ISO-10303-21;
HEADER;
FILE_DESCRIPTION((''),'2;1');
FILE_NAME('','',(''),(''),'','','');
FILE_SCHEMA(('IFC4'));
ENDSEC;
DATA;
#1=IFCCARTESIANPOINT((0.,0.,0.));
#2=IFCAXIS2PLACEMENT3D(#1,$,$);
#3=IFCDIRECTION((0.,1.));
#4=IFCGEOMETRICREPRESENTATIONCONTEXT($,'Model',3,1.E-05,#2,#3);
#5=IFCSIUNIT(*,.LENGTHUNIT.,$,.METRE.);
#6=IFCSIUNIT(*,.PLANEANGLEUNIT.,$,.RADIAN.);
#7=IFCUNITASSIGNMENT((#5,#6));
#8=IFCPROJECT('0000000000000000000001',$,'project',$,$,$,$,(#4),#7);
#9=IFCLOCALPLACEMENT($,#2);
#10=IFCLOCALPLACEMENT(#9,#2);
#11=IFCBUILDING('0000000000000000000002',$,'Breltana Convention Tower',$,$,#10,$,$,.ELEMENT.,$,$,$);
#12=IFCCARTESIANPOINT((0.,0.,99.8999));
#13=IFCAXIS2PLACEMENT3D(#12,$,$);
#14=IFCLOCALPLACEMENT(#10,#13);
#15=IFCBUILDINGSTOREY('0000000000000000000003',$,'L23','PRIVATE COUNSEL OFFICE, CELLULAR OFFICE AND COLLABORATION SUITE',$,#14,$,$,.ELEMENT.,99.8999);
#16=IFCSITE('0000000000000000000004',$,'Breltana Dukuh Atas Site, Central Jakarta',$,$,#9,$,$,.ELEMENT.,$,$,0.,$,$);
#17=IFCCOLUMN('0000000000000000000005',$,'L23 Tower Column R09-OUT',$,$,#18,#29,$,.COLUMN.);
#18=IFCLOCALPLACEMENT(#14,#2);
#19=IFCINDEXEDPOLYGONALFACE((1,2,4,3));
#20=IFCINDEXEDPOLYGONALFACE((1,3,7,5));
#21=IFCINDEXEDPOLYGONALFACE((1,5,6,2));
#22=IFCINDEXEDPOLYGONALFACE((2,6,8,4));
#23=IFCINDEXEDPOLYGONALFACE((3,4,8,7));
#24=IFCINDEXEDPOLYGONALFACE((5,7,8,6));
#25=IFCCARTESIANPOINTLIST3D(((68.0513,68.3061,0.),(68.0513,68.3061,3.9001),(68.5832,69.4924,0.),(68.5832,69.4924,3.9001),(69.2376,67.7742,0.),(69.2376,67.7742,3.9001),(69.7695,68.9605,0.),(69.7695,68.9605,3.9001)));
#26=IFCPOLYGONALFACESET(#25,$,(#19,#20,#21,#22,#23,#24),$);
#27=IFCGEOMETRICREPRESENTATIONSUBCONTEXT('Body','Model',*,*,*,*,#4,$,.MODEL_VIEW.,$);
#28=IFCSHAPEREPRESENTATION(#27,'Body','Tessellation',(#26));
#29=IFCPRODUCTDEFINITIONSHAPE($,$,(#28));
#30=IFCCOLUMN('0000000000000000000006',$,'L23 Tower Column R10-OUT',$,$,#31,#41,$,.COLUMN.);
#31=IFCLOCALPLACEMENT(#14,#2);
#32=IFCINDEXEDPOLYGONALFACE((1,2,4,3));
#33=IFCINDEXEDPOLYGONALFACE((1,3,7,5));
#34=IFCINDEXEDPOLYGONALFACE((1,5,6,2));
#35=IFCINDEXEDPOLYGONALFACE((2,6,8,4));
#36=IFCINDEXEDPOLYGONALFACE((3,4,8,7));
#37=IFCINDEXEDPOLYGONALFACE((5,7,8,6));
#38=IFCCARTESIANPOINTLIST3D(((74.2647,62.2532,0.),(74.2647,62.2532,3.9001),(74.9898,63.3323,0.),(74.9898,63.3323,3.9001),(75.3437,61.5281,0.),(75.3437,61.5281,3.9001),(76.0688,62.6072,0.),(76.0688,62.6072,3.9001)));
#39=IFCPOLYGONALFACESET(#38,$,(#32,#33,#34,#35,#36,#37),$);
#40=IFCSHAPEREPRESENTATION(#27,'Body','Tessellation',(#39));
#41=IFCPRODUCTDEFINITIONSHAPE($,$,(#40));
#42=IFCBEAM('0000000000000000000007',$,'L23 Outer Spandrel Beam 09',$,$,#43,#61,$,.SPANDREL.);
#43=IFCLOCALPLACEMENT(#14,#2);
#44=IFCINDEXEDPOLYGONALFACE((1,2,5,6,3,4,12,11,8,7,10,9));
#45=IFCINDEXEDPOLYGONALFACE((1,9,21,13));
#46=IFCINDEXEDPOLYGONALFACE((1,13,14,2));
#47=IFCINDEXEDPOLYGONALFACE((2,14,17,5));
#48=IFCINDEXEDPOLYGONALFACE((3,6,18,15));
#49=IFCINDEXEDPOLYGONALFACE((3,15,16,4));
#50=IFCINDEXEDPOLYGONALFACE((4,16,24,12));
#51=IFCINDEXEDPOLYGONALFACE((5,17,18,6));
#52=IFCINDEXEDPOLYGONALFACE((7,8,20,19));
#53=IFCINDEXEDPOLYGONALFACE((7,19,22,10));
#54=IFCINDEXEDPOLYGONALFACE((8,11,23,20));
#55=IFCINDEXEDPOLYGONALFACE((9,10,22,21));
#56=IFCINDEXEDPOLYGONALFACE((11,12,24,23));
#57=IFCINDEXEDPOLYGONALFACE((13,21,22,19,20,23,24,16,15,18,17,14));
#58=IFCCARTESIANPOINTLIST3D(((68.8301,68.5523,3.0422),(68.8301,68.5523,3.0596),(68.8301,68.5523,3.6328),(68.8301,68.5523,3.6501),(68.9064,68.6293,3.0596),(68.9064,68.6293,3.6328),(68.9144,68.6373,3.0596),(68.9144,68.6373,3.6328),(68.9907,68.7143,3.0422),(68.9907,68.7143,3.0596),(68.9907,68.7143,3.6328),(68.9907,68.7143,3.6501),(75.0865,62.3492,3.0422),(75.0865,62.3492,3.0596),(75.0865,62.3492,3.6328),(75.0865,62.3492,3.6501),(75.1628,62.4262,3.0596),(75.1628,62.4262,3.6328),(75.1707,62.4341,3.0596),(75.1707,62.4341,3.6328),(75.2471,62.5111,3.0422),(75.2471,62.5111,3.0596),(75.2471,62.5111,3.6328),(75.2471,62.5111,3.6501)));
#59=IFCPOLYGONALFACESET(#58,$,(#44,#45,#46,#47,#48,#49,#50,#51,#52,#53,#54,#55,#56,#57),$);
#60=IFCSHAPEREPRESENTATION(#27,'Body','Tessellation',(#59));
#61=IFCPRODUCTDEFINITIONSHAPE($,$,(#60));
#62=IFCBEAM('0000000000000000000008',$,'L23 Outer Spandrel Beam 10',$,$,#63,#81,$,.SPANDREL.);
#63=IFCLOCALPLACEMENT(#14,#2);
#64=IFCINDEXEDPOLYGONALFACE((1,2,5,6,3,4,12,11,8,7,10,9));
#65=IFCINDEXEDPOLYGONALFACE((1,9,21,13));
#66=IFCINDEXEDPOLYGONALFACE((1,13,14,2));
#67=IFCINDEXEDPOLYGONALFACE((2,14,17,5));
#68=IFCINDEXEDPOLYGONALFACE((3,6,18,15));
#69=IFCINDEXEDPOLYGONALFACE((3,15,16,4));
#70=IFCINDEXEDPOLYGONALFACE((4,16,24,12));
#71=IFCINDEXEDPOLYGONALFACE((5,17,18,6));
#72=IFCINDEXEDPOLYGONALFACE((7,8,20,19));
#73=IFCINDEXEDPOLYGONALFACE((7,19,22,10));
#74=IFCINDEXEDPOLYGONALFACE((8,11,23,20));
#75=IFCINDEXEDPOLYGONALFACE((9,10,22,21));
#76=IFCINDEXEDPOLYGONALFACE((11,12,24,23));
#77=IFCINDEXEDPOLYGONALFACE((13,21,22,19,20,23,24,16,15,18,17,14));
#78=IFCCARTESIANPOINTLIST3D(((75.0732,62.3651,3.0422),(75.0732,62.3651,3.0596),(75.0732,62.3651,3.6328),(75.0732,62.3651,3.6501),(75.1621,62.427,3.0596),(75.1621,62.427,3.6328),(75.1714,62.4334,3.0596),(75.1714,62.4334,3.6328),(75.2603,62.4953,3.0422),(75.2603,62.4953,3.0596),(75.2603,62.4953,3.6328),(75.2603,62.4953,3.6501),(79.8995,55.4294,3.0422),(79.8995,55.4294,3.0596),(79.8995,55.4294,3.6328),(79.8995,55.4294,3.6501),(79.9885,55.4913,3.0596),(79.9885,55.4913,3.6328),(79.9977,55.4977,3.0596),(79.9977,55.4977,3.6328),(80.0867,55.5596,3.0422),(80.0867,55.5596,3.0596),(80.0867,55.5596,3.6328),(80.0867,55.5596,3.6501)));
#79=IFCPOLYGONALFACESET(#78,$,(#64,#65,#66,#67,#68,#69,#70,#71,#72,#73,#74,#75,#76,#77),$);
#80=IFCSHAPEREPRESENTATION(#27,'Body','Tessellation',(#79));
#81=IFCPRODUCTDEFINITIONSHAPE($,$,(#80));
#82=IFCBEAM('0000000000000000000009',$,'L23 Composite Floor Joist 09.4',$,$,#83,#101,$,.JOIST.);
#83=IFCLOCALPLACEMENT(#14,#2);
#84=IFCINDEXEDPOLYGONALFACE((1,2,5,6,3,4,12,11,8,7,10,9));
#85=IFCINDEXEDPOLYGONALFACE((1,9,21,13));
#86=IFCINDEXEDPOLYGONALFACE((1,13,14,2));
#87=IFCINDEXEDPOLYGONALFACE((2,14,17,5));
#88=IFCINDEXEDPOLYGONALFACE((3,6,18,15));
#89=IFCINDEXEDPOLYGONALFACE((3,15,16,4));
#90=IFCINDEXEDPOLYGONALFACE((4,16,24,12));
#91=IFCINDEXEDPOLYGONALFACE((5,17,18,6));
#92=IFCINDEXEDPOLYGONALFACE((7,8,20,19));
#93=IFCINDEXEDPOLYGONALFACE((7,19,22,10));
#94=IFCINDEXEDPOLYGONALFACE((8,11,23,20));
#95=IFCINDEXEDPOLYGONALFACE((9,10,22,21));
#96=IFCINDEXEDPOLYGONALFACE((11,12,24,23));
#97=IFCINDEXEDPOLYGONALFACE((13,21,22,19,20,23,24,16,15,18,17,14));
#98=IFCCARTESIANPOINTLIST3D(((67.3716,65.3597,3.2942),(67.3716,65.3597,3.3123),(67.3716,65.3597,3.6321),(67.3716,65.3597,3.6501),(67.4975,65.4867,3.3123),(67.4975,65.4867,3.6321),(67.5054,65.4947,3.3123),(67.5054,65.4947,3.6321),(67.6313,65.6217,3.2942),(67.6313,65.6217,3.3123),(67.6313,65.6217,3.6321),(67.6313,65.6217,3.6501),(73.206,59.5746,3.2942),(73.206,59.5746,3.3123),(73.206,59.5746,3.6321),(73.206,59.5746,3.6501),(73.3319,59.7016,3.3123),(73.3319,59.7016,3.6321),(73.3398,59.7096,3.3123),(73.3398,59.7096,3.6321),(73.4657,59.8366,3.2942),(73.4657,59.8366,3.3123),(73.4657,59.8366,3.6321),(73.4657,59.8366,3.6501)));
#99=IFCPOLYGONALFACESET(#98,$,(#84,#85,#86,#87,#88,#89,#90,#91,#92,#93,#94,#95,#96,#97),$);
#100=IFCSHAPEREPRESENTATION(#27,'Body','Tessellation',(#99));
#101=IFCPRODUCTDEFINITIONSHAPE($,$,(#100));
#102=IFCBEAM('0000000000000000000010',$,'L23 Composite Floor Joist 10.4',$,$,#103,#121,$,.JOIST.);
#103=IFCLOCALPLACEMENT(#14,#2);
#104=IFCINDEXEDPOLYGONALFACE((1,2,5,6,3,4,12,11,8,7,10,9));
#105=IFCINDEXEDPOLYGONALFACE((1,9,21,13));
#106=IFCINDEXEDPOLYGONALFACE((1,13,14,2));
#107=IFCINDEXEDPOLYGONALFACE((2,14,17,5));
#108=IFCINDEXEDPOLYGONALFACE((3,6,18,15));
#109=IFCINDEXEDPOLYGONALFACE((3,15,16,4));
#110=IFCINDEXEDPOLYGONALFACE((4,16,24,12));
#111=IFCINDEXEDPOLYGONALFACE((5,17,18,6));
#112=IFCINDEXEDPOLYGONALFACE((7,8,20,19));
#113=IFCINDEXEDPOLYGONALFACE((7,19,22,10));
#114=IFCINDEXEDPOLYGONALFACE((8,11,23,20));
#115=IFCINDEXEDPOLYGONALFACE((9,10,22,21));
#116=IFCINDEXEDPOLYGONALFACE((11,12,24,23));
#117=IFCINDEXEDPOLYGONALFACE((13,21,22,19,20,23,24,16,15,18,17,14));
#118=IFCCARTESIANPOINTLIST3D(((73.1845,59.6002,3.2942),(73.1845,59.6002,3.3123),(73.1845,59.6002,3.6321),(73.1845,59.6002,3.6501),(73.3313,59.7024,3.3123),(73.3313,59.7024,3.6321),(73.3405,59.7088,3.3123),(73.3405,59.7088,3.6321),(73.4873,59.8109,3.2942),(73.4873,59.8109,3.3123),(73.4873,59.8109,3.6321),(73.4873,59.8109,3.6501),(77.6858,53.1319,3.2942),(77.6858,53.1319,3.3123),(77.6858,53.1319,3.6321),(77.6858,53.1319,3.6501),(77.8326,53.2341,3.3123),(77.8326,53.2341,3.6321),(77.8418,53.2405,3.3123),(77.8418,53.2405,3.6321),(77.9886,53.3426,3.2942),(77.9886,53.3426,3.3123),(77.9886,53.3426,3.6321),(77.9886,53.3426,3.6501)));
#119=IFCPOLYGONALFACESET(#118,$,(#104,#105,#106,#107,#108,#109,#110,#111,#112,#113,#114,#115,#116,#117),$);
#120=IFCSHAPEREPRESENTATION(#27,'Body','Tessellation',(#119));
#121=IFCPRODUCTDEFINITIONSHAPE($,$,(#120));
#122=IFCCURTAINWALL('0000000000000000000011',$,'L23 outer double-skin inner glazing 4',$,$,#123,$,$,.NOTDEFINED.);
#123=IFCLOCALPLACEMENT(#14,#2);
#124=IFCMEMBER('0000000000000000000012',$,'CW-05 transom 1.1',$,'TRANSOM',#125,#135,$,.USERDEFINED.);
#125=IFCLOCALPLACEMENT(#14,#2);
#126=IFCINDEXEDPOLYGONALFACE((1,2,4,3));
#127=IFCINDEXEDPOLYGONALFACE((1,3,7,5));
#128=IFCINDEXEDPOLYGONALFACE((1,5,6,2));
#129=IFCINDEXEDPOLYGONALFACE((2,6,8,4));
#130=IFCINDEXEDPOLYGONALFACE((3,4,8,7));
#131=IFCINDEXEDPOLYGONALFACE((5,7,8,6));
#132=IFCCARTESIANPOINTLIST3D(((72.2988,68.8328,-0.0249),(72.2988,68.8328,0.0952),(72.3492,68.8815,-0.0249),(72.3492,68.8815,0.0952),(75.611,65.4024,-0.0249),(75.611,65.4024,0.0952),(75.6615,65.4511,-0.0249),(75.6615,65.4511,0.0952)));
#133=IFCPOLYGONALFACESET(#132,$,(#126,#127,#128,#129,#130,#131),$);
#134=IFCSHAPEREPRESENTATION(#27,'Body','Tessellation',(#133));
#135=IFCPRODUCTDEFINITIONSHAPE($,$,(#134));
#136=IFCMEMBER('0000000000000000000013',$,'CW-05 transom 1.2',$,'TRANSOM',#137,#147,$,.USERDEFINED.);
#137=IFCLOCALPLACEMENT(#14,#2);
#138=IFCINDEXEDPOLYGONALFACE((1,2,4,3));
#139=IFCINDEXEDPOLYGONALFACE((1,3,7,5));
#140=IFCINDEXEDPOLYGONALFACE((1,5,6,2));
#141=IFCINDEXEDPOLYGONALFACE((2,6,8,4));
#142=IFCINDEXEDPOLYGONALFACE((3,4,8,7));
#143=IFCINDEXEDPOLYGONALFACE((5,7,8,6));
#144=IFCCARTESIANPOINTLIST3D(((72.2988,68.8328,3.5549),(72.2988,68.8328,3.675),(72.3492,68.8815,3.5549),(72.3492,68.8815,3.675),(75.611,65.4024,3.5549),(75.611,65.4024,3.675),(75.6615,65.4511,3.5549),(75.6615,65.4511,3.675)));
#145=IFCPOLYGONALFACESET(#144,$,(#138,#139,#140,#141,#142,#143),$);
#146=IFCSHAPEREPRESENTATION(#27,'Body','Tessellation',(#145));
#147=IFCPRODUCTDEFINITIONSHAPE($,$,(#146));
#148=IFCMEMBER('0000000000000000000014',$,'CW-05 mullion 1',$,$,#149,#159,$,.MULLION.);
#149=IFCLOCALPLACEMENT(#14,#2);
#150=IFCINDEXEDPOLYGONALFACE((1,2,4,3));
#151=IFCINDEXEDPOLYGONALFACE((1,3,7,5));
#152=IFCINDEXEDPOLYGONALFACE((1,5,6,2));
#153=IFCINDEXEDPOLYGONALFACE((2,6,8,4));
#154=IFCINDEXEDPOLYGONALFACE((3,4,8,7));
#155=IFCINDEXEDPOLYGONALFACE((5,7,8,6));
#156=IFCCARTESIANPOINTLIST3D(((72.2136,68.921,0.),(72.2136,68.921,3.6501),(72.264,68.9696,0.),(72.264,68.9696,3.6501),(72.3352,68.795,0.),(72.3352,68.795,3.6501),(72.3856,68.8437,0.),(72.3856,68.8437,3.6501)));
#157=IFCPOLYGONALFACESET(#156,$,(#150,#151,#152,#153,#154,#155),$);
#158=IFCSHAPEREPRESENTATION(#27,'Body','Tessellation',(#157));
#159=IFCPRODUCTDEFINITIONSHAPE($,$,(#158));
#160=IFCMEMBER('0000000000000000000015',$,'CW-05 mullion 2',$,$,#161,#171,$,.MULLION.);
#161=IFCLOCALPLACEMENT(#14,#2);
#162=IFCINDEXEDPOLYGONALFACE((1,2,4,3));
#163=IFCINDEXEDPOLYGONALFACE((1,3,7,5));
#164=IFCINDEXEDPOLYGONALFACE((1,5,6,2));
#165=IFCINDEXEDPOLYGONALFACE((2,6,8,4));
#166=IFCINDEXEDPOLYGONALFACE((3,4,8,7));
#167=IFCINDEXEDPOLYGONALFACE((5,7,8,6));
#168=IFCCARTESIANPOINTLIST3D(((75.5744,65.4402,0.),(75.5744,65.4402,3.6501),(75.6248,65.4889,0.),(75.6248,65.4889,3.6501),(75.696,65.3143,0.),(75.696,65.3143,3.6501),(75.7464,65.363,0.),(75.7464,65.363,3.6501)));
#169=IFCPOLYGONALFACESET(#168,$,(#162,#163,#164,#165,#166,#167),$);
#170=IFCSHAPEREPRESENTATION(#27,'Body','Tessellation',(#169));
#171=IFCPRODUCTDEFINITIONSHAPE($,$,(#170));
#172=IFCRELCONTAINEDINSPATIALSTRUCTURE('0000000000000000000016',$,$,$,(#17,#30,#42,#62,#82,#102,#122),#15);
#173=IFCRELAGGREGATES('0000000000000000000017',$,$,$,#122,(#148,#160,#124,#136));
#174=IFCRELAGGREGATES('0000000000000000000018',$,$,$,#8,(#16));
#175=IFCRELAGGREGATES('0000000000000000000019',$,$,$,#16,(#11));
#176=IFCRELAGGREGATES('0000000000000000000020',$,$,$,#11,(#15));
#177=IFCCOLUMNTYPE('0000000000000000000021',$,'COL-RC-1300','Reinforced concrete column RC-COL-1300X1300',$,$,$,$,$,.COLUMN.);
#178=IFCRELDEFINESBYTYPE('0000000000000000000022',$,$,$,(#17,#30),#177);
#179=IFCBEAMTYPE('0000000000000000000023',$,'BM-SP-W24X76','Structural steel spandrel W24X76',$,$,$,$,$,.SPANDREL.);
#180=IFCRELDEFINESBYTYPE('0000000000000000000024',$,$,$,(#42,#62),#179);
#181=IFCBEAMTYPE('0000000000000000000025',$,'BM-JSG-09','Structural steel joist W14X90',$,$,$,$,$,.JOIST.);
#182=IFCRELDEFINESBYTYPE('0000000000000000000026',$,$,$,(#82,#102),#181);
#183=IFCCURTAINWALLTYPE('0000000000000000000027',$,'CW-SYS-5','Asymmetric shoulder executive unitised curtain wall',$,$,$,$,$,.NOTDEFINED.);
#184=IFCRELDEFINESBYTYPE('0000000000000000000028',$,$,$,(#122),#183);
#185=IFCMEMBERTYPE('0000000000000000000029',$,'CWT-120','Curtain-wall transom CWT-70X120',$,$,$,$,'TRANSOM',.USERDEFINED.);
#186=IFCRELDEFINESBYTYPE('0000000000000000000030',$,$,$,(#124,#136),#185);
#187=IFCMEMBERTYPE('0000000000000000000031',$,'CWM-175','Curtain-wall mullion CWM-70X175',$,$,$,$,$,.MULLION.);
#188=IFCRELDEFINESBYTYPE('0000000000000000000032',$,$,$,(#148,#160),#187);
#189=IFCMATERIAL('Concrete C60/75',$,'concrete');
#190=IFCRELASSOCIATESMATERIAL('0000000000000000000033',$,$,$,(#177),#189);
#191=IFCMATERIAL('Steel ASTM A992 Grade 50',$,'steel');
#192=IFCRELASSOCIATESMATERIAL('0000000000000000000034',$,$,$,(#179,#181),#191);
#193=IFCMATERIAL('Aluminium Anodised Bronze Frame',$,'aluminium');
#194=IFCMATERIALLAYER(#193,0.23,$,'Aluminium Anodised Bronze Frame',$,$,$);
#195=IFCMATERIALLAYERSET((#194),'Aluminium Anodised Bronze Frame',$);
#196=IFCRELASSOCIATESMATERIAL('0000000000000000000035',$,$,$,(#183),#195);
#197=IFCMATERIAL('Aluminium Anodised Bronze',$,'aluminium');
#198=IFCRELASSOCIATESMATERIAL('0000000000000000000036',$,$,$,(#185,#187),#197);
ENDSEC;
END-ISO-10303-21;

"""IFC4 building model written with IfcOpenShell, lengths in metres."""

from ifc_helpers import new_model, si_unit, direction, frame, origin, origin_2d, place, context, subcontext, project, spatial, rectangle, i_section, extrude, source, transform, mapped, material, layer, layer_set, material_profile, profile_set, type_object, element, aggregate, save


model = new_model("IFC4")

# Units and contexts
model_context = context("Model", 3, precision=1e-05, world=origin(), true_north=direction((0.0, 1.0)))
body_context = subcontext(model_context, "Body", "Model", "MODEL_VIEW")
ifc_project = project(units=[si_unit("LENGTHUNIT", "METRE"), si_unit("PLANEANGLEUNIT", "RADIAN")], contexts=[model_context])

# Site, building, storey
site_placement = place(None, origin())
site = spatial("IfcSite", under=ifc_project, at=site_placement, Name="Breltana Dukuh Atas Site, Central Jakarta", CompositionType="ELEMENT", RefElevation=0.0)
building_placement = place(site_placement, origin())
building = spatial("IfcBuilding", under=site, at=building_placement, Name="Breltana Convention Tower", CompositionType="ELEMENT")
storey_placement = place(building_placement, frame((0.0, 0.0, 99.8999)))
storey = spatial("IfcBuildingStorey", under=building, at=storey_placement, Name="L23", Description="PRIVATE COUNSEL OFFICE, CELLULAR OFFICE AND COLLABORATION SUITE", CompositionType="ELEMENT", Elevation=99.8999)

# Columns
ifc_material_1 = material(Name="Concrete C60/75", Category="concrete")
ifc_material_profile_1 = material_profile(ifc_material_1, rectangle(XDim=1.3, YDim=1.3, at=origin_2d()), Name="RC-COL-1300X1300")
ifc_profile_set_1 = profile_set([ifc_material_profile_1], Name="Concrete C60/75")
column_type = type_object("IfcColumnType", Name="COL-RC-1300", Description="Reinforced concrete column RC-COL-1300X1300", PredefinedType="COLUMN", material=ifc_profile_set_1)
shared_shape_1 = source(origin(), body_context, "Body", "SweptSolid", [
    extrude(rectangle(XDim=1.3, YDim=1.3, at=origin_2d()), origin(), (0.0, 0.0, 1.0), 3.9001),
])
for number, where, z_axis, x_axis, name in (
    (1, (68.9104, 68.6333, 0.0), (0.0, 0.0, 1.0), (0.409127, 0.912477, 0.0), "L23 Tower Column R09-OUT"),
    (2, (75.1667, 62.4302, 0.0), (0.0, 0.0, 1.0), (0.557745, 0.830012, 0.0), "L23 Tower Column R10-OUT"),
):
    element("IfcColumn", number, at=place(storey_placement, frame(where, z_axis=z_axis, x_axis=x_axis)), inside=storey, type_object=column_type, Name=name, PredefinedType="COLUMN", context=body_context, shape_type="MappedRepresentation", body=[
        mapped(shared_shape_1, transform((0.0, 0.0, 0.0), scale=1.0)),
    ])

# Beams
ifc_material_2 = material(Name="Steel ASTM A992 Grade 50", Category="steel")
ifc_material_profile_2 = material_profile(ifc_material_2, i_section(OverallWidth=0.228, OverallDepth=0.6079, WebThickness=0.0112, FlangeThickness=0.0173, at=origin_2d()), Name="W24X76")
ifc_profile_set_2 = profile_set([ifc_material_profile_2], Name="Steel ASTM A992 Grade 50")
beam_type_1 = type_object("IfcBeamType", Name="BM-SP-W24X76", Description="Structural steel spandrel W24X76", PredefinedType="SPANDREL", material=ifc_profile_set_2)
shared_shape_2 = source(origin(), body_context, "Body", "SweptSolid", [
    extrude(i_section(OverallWidth=0.228, OverallDepth=0.6079, WebThickness=0.0112, FlangeThickness=0.0173, at=origin_2d()), origin(), (0.0, 0.0, 1.0), 8.8103),
])
beam_1_placement = place(storey_placement, frame((68.9104, 68.6333, 3.3462), z_axis=(0.710121, -0.70408, 0.0), x_axis=(0.70408, 0.710121, 0.0)))
element("IfcBeam", 3, at=beam_1_placement, inside=storey, type_object=beam_type_1, Name="L23 Outer Spandrel Beam 09", PredefinedType="SPANDREL", context=body_context, shape_type="MappedRepresentation", body=[
    mapped(shared_shape_2, transform((0.0, 0.0, 0.0), scale=1.0)),
])
shared_shape_3 = source(origin(), body_context, "Body", "SweptSolid", [
    extrude(i_section(OverallWidth=0.228, OverallDepth=0.6079, WebThickness=0.0112, FlangeThickness=0.0173, at=origin_2d()), origin(), (0.0, 0.0, 1.0), 8.4497),
])
beam_2_placement = place(storey_placement, frame((75.1667, 62.4302, 3.3462), z_axis=(0.571186, -0.820821, 0.0), x_axis=(0.820821, 0.571186, 0.0)))
element("IfcBeam", 4, at=beam_2_placement, inside=storey, type_object=beam_type_1, Name="L23 Outer Spandrel Beam 10", PredefinedType="SPANDREL", context=body_context, shape_type="MappedRepresentation", body=[
    mapped(shared_shape_3, transform((0.0, 0.0, 0.0), scale=1.0)),
])
ifc_material_profile_3 = material_profile(ifc_material_2, i_section(OverallWidth=0.3689, OverallDepth=0.356, WebThickness=0.0112, FlangeThickness=0.0181, at=origin_2d()), Name="W14X90")
ifc_profile_set_3 = profile_set([ifc_material_profile_3], Name="Steel ASTM A992 Grade 50")
beam_type_2 = type_object("IfcBeamType", Name="BM-JSG-09", Description="Structural steel joist W14X90", PredefinedType="JOIST", material=ifc_profile_set_3)
shared_shape_4 = source(origin(), body_context, "Body", "SweptSolid", [
    extrude(i_section(OverallWidth=0.3689, OverallDepth=0.356, WebThickness=0.0112, FlangeThickness=0.0181, at=origin_2d()), origin(), (0.0, 0.0, 1.0), 8.2163),
])
beam_3_placement = place(storey_placement, frame((67.5015, 65.4907, 3.4722), z_axis=(0.710102, -0.704099, 0.0), x_axis=(0.704099, 0.710102, 0.0)))
element("IfcBeam", 5, at=beam_3_placement, inside=storey, type_object=beam_type_2, Name="L23 Composite Floor Joist 09.4", PredefinedType="JOIST", context=body_context, shape_type="MappedRepresentation", body=[
    mapped(shared_shape_4, transform((0.0, 0.0, 0.0), scale=1.0)),
])
shared_shape_5 = source(origin(), body_context, "Body", "SweptSolid", [
    extrude(i_section(OverallWidth=0.3689, OverallDepth=0.356, WebThickness=0.0112, FlangeThickness=0.0181, at=origin_2d()), origin(), (0.0, 0.0, 1.0), 7.8804),
])
beam_4_placement = place(storey_placement, frame((73.3359, 59.7056, 3.4722), z_axis=(0.571198, -0.820812, 0.0), x_axis=(0.820812, 0.571198, 0.0)))
element("IfcBeam", 6, at=beam_4_placement, inside=storey, type_object=beam_type_2, Name="L23 Composite Floor Joist 10.4", PredefinedType="JOIST", context=body_context, shape_type="MappedRepresentation", body=[
    mapped(shared_shape_5, transform((0.0, 0.0, 0.0), scale=1.0)),
])

# Curtain wall, members
ifc_material_3 = material(Name="Aluminium Anodised Bronze Frame", Category="aluminium")
ifc_layer_1 = layer(ifc_material_3, 0.23, Name="Aluminium Anodised Bronze Frame")
ifc_layer_set_1 = layer_set([ifc_layer_1], Name="Aluminium Anodised Bronze Frame")
curtain_wall_type = type_object("IfcCurtainWallType", Name="CW-SYS-5", Description="Asymmetric shoulder executive unitised curtain wall", PredefinedType="NOTDEFINED", material=ifc_layer_set_1)
curtain_wall_placement = place(storey_placement, origin())
curtain_wall = element("IfcCurtainWall", 7, at=curtain_wall_placement, inside=storey, type_object=curtain_wall_type, Name="L23 outer double-skin inner glazing 4", PredefinedType="NOTDEFINED")
ifc_material_4 = material(Name="Aluminium Anodised Bronze", Category="aluminium")
ifc_material_profile_4 = material_profile(ifc_material_4, rectangle(XDim=0.0701, YDim=0.1201, at=origin_2d()), Name="CWT-70X120")
ifc_profile_set_4 = profile_set([ifc_material_profile_4], Name="Aluminium Anodised Bronze")
member_type_1 = type_object("IfcMemberType", Name="CWT-120", Description="Curtain-wall transom CWT-70X120", ElementType="TRANSOM", PredefinedType="USERDEFINED", material=ifc_profile_set_4)
shared_shape_6 = source(origin(), body_context, "Body", "SweptSolid", [
    extrude(rectangle(XDim=0.0701, YDim=0.1201, at=origin_2d()), origin(), (0.0, 0.0, 1.0), 4.7686),
])
member_1_placement = place(storey_placement, frame((72.324, 68.8572, 0.0352), z_axis=(0.694608, -0.719388, 0.0), x_axis=(0.719388, 0.694608, 0.0)))
member_1 = element("IfcMember", 8, at=member_1_placement, type_object=member_type_1, Name="CW-05 transom 1.1", ObjectType="TRANSOM", PredefinedType="USERDEFINED", context=body_context, shape_type="MappedRepresentation", body=[
    mapped(shared_shape_6, transform((0.0, 0.0, 0.0), scale=1.0)),
])
member_2_placement = place(storey_placement, frame((72.324, 68.8572, 3.615), z_axis=(0.694608, -0.719388, 0.0), x_axis=(0.719388, 0.694608, 0.0)))
member_2 = element("IfcMember", 9, at=member_2_placement, type_object=member_type_1, Name="CW-05 transom 1.2", ObjectType="TRANSOM", PredefinedType="USERDEFINED", context=body_context, shape_type="MappedRepresentation", body=[
    mapped(shared_shape_6, transform((0.0, 0.0, 0.0), scale=1.0)),
])
ifc_material_profile_5 = material_profile(ifc_material_4, rectangle(XDim=0.0701, YDim=0.175, at=origin_2d()), Name="CWM-70X175")
ifc_profile_set_5 = profile_set([ifc_material_profile_5], Name="Aluminium Anodised Bronze")
member_type_2 = type_object("IfcMemberType", Name="CWM-175", Description="Curtain-wall mullion CWM-70X175", PredefinedType="MULLION", material=ifc_profile_set_5)
shared_shape_7 = source(origin(), body_context, "Body", "SweptSolid", [
    extrude(rectangle(XDim=0.0701, YDim=0.175, at=origin_2d()), origin(), (0.0, 0.0, 1.0), 3.6501),
])
member_3_placement = place(storey_placement, frame((72.2996, 68.8823, 0.0), z_axis=(0.0, 0.0, 1.0), x_axis=(0.719385, 0.694612, 0.0)))
member_3 = element("IfcMember", 10, at=member_3_placement, type_object=member_type_2, Name="CW-05 mullion 1", PredefinedType="MULLION", context=body_context, shape_type="MappedRepresentation", body=[
    mapped(shared_shape_7, transform((0.0, 0.0, 0.0), scale=1.0)),
])
member_4_placement = place(storey_placement, frame((75.6604, 65.4016, 0.0), z_axis=(0.0, 0.0, 1.0), x_axis=(0.719385, 0.694612, 0.0)))
member_4 = element("IfcMember", 11, at=member_4_placement, type_object=member_type_2, Name="CW-05 mullion 2", PredefinedType="MULLION", context=body_context, shape_type="MappedRepresentation", body=[
    mapped(shared_shape_7, transform((0.0, 0.0, 0.0), scale=1.0)),
])
aggregate(curtain_wall, [member_3, member_4, member_1, member_2])

save(model, "model.ifc")
